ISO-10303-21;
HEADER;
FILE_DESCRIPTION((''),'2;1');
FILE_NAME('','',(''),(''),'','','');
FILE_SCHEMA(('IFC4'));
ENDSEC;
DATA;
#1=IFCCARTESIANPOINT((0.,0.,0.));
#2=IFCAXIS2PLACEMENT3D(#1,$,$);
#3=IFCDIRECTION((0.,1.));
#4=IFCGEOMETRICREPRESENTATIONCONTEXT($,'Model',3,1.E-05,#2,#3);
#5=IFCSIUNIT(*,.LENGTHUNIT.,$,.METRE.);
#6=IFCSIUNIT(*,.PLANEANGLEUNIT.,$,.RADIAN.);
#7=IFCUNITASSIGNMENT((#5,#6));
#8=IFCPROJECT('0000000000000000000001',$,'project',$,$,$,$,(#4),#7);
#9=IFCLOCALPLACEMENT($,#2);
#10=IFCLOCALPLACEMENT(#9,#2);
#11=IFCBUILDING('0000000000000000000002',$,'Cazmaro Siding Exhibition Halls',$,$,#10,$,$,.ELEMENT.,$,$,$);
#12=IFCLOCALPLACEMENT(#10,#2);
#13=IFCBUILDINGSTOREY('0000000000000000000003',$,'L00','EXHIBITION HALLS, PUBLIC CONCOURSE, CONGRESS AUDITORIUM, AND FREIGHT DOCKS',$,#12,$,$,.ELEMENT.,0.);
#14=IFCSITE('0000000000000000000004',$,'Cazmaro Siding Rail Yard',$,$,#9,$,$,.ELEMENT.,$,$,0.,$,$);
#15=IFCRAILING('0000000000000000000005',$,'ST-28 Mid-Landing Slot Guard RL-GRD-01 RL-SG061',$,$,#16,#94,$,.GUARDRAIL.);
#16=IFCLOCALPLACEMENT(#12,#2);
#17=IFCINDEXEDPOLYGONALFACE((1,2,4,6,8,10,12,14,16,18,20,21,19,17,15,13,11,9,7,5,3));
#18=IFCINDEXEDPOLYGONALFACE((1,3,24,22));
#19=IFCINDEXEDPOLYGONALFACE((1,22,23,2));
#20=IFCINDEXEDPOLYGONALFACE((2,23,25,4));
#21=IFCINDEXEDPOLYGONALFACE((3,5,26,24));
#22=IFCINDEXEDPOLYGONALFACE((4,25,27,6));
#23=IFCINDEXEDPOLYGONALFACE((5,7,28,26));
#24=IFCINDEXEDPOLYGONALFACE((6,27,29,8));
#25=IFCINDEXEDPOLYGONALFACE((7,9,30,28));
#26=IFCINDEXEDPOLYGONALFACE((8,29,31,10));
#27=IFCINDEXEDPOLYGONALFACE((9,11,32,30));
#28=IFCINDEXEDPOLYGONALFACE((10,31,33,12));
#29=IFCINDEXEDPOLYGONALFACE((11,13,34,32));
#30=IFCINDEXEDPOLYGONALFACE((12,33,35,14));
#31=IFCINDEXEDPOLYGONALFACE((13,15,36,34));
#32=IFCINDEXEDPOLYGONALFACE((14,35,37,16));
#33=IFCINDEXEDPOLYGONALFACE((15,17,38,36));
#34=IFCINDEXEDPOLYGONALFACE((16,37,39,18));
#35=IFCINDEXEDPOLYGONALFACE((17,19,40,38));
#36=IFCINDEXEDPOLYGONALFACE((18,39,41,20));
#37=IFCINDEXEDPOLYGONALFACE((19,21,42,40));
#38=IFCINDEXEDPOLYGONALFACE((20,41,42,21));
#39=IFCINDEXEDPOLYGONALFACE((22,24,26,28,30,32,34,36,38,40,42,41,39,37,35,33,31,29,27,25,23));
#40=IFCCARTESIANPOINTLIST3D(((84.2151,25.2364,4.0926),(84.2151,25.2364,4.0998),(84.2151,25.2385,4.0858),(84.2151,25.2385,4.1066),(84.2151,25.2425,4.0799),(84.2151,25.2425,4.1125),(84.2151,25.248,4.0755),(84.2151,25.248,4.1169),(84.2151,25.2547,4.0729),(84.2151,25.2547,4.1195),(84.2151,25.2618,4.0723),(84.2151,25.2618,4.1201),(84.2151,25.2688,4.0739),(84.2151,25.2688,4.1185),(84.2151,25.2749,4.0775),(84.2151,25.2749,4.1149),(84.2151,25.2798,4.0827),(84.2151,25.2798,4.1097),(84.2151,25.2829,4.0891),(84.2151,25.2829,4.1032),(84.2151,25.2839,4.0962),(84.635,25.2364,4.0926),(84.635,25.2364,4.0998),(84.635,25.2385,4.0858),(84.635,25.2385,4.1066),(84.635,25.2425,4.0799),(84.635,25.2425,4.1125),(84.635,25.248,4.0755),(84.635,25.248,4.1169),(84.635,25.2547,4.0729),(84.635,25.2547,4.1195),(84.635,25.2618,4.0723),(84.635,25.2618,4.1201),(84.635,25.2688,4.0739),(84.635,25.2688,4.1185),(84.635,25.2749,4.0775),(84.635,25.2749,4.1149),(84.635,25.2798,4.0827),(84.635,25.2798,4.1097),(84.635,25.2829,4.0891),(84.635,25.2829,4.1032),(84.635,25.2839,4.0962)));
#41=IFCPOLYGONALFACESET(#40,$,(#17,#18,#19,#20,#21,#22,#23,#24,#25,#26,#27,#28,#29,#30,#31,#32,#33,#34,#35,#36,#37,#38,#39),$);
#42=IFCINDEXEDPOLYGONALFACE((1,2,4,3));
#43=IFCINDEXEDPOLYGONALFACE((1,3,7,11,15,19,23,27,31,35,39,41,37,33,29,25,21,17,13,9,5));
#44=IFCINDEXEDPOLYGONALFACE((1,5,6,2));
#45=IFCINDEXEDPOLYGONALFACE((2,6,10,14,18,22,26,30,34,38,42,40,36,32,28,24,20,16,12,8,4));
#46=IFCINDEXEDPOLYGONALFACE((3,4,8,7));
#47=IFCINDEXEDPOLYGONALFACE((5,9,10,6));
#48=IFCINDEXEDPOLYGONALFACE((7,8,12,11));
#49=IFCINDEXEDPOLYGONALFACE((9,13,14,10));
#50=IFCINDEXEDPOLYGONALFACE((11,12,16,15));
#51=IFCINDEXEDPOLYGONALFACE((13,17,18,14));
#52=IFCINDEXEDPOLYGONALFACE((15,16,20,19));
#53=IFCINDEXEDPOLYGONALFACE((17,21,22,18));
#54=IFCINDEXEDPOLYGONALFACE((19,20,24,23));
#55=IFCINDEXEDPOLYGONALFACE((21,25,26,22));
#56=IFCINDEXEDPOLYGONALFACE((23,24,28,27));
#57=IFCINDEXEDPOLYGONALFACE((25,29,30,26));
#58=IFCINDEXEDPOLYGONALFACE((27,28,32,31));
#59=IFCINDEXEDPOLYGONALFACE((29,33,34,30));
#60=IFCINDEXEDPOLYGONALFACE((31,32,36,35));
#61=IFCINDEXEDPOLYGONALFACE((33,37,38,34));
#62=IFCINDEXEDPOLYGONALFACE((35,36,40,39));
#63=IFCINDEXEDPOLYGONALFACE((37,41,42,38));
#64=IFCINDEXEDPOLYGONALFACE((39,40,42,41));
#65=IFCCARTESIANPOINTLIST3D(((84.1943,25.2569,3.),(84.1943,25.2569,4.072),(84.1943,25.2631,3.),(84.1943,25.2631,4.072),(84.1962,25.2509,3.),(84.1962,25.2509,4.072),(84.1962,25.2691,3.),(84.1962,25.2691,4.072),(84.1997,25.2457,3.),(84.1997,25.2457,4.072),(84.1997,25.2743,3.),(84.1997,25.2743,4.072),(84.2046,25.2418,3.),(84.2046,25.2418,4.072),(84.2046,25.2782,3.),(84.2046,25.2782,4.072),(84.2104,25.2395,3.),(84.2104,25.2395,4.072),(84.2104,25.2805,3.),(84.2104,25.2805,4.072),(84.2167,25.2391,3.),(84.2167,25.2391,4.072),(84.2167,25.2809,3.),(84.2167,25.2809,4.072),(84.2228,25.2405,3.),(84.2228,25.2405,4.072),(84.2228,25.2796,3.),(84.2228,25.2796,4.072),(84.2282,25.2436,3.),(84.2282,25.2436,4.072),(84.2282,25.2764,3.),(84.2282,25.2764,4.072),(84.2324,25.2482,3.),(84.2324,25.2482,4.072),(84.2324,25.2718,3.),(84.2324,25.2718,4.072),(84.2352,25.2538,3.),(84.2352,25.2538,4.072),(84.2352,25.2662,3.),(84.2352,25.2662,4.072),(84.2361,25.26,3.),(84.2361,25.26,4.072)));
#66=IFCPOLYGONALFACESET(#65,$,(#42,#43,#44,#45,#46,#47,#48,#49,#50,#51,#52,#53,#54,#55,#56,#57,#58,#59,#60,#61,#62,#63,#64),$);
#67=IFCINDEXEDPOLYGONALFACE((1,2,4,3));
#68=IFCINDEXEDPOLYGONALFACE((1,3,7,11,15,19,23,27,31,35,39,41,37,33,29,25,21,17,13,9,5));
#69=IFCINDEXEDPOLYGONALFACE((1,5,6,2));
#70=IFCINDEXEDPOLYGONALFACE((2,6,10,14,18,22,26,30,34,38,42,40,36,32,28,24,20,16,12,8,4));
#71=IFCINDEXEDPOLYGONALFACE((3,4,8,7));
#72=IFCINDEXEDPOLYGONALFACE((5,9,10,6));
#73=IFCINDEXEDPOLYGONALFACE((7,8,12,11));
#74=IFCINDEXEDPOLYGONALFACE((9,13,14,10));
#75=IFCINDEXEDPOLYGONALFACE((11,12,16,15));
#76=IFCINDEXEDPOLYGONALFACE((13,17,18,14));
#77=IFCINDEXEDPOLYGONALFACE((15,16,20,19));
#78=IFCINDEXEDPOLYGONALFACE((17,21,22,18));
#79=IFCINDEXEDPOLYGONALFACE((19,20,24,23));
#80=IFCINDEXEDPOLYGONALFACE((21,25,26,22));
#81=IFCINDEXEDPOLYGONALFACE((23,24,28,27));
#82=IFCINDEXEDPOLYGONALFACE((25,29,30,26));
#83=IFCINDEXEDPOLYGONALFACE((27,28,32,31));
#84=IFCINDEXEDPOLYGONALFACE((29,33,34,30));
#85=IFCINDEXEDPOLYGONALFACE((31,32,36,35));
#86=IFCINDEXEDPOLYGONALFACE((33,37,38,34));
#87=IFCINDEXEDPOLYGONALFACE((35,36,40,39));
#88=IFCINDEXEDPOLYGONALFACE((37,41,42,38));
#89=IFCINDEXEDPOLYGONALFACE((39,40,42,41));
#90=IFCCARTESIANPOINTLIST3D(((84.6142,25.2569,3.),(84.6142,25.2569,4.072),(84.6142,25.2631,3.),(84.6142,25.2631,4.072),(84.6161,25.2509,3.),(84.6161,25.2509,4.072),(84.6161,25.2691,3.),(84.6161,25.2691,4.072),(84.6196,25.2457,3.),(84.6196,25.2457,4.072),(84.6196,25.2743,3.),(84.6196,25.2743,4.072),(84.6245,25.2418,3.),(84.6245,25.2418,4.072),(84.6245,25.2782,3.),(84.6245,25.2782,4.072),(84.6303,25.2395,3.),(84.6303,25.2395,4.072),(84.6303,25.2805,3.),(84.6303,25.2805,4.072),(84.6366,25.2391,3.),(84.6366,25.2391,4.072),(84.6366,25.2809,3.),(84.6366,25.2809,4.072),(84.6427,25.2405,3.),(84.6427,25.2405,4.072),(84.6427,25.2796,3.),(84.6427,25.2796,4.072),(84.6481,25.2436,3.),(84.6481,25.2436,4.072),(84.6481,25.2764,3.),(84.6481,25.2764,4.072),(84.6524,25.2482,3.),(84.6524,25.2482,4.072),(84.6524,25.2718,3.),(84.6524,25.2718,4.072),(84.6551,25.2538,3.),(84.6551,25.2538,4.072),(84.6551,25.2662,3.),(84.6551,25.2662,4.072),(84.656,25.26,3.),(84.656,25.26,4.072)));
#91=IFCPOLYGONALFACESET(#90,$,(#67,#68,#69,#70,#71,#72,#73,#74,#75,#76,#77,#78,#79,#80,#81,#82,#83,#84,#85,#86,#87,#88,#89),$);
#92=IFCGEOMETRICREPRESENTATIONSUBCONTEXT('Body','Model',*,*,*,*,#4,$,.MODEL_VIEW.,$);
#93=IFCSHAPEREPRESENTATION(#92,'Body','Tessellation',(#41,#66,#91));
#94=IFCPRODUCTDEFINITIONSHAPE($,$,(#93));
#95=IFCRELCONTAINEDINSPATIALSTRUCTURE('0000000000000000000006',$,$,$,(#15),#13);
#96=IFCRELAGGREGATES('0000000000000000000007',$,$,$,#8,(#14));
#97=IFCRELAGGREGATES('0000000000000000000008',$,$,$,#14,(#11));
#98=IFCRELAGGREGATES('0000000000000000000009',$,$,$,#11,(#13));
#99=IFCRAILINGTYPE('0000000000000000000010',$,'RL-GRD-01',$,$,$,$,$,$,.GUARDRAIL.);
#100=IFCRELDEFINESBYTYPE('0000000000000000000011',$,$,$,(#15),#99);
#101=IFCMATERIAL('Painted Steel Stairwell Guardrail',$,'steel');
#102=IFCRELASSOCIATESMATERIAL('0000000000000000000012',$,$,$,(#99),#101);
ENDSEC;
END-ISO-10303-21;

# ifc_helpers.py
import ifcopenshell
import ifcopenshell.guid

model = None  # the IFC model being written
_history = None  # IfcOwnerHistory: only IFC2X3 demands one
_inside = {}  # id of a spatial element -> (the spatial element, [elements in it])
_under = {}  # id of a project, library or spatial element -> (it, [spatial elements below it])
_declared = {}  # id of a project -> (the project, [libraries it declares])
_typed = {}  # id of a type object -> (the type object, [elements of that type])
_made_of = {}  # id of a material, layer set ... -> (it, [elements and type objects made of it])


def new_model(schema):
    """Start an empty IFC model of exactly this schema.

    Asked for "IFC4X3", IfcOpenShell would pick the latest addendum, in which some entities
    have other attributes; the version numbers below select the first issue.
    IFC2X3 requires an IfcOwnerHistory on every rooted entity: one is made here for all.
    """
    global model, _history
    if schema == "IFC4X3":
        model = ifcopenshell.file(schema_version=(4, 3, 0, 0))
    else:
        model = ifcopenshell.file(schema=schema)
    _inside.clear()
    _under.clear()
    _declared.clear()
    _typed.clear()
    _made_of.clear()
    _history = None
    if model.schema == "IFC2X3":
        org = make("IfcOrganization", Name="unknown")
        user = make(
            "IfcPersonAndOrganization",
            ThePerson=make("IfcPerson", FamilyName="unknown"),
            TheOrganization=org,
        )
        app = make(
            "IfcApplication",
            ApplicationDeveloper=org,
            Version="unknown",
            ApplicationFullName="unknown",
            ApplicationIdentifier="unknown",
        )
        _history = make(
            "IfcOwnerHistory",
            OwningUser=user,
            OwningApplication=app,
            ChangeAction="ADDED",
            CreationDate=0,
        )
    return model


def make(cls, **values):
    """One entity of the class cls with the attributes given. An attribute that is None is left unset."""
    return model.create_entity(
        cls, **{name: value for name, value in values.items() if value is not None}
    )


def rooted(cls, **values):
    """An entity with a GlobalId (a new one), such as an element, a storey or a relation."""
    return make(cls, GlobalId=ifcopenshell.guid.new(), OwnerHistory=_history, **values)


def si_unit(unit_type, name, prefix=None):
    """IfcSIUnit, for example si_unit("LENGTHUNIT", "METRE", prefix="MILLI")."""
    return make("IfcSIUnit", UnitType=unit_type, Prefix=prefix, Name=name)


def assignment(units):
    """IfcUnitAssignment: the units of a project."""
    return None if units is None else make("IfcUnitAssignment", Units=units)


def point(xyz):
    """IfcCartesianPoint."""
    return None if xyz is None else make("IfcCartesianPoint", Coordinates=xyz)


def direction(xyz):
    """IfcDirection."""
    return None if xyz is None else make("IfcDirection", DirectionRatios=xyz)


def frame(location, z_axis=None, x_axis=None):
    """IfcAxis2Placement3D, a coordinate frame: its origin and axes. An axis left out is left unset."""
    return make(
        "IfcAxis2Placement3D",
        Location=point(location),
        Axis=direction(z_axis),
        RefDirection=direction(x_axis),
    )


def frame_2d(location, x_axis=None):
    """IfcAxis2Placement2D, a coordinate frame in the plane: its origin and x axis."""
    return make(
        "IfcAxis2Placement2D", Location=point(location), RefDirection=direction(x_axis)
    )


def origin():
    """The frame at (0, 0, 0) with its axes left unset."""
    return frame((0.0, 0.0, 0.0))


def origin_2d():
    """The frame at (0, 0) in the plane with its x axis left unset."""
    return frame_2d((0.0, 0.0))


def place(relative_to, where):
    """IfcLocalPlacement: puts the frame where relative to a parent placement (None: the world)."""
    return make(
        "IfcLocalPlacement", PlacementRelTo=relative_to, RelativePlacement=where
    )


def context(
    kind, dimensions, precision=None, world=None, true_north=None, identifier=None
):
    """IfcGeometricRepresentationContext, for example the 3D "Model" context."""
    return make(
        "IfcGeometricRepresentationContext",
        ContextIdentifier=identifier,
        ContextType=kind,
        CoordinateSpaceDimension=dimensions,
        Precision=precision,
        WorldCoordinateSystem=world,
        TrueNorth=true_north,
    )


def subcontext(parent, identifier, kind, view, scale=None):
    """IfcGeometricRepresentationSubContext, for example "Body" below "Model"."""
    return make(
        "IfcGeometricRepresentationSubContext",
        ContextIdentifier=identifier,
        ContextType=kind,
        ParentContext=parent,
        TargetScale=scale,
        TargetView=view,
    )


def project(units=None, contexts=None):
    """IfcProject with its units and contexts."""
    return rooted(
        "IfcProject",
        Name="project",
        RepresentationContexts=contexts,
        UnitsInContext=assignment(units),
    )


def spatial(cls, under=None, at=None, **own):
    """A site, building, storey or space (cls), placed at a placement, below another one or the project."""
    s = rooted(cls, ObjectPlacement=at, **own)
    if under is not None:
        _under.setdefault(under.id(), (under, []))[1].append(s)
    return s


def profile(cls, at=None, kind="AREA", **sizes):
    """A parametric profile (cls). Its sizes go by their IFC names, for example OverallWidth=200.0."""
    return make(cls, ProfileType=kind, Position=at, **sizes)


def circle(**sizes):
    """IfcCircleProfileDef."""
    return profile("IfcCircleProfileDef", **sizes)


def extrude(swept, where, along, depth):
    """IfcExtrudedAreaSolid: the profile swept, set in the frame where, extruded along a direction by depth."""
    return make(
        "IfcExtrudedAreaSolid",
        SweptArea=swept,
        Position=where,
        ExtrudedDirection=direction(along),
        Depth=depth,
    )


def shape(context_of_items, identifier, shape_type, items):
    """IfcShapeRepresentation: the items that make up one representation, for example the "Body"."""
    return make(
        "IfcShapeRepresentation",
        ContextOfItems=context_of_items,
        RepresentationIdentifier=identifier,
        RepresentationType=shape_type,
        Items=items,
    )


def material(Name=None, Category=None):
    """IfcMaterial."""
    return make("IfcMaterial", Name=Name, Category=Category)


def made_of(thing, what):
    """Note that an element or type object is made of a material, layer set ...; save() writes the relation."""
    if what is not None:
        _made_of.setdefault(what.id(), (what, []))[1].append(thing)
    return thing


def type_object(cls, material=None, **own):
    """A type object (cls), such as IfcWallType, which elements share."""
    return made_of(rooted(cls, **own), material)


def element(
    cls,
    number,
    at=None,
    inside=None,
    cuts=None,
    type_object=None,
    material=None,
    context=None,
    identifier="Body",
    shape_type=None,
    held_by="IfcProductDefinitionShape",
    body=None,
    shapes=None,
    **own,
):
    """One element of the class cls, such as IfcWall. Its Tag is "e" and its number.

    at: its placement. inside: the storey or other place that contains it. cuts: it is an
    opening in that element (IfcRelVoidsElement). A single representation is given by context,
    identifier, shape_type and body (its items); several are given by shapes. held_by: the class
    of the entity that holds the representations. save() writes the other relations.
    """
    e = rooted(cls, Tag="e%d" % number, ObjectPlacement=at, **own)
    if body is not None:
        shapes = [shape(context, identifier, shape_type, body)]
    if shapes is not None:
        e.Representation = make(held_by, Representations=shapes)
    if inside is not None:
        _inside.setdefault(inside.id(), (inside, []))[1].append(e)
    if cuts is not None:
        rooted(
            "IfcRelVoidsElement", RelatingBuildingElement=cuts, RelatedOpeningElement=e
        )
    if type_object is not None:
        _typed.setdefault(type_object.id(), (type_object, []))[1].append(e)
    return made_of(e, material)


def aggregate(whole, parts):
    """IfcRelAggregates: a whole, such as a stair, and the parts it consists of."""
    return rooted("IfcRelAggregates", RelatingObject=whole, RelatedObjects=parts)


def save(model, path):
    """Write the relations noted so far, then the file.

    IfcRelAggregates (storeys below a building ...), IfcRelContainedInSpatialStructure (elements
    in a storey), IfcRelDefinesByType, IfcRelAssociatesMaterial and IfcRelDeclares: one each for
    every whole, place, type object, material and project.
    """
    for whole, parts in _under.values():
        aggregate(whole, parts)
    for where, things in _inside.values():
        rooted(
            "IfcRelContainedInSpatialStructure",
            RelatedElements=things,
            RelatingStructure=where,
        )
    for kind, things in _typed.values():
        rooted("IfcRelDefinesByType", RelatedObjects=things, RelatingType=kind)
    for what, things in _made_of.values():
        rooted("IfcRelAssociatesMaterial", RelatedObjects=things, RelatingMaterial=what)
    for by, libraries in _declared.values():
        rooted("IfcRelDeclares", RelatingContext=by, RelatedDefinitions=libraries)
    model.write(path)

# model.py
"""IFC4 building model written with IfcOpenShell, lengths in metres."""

from ifc_helpers import new_model, si_unit, direction, frame, origin, origin_2d, place, context, subcontext, project, spatial, circle, extrude, material, type_object, element, save


model = new_model("IFC4")

# Units and contexts
model_context = context("Model", 3, precision=1e-05, world=origin(), true_north=direction((0.0, 1.0)))
body_context = subcontext(model_context, "Body", "Model", "MODEL_VIEW")
ifc_project = project(units=[si_unit("LENGTHUNIT", "METRE"), si_unit("PLANEANGLEUNIT", "RADIAN")], contexts=[model_context])

# Site, building, storey
site_placement = place(None, origin())
site = spatial("IfcSite", under=ifc_project, at=site_placement, Name="Cazmaro Siding Rail Yard", CompositionType="ELEMENT", RefElevation=0.0)
building_placement = place(site_placement, origin())
building = spatial("IfcBuilding", under=site, at=building_placement, Name="Cazmaro Siding Exhibition Halls", CompositionType="ELEMENT")
storey_placement = place(building_placement, origin())
storey = spatial("IfcBuildingStorey", under=building, at=storey_placement, Name="L00", Description="EXHIBITION HALLS, PUBLIC CONCOURSE, CONGRESS AUDITORIUM, AND FREIGHT DOCKS", CompositionType="ELEMENT", Elevation=0.0)

# Railing
ifc_material_1 = material(Name="Painted Steel Stairwell Guardrail", Category="steel")
railing_type_1 = type_object("IfcRailingType", Name="RL-GRD-01", PredefinedType="GUARDRAIL", material=ifc_material_1)
railing_1_placement = place(storey_placement, frame((84.2151, 25.26, 3.0)))
element("IfcRailing", 1, at=railing_1_placement, inside=storey, type_object=railing_type_1, Name="ST-28 Mid-Landing Slot Guard RL-GRD-01 RL-SG061", PredefinedType="GUARDRAIL", context=body_context, shape_type="SweptSolid", body=[
    extrude(circle(Radius=0.0239, at=origin_2d()), frame((0.0, 0.0, 1.0962), z_axis=(1.0, 0.0, 0.0), x_axis=(0.0, 1.0, 0.0)), (0.0, 0.0, 1.0), 0.4199),
    extrude(circle(Radius=0.021, at=origin_2d()), origin(), (0.0, 0.0, 1.0), 1.072),
    extrude(circle(Radius=0.021, at=origin_2d()), frame((0.4199, 0.0, 0.0)), (0.0, 0.0, 1.0), 1.072),
])

save(model, "model.ifc")
